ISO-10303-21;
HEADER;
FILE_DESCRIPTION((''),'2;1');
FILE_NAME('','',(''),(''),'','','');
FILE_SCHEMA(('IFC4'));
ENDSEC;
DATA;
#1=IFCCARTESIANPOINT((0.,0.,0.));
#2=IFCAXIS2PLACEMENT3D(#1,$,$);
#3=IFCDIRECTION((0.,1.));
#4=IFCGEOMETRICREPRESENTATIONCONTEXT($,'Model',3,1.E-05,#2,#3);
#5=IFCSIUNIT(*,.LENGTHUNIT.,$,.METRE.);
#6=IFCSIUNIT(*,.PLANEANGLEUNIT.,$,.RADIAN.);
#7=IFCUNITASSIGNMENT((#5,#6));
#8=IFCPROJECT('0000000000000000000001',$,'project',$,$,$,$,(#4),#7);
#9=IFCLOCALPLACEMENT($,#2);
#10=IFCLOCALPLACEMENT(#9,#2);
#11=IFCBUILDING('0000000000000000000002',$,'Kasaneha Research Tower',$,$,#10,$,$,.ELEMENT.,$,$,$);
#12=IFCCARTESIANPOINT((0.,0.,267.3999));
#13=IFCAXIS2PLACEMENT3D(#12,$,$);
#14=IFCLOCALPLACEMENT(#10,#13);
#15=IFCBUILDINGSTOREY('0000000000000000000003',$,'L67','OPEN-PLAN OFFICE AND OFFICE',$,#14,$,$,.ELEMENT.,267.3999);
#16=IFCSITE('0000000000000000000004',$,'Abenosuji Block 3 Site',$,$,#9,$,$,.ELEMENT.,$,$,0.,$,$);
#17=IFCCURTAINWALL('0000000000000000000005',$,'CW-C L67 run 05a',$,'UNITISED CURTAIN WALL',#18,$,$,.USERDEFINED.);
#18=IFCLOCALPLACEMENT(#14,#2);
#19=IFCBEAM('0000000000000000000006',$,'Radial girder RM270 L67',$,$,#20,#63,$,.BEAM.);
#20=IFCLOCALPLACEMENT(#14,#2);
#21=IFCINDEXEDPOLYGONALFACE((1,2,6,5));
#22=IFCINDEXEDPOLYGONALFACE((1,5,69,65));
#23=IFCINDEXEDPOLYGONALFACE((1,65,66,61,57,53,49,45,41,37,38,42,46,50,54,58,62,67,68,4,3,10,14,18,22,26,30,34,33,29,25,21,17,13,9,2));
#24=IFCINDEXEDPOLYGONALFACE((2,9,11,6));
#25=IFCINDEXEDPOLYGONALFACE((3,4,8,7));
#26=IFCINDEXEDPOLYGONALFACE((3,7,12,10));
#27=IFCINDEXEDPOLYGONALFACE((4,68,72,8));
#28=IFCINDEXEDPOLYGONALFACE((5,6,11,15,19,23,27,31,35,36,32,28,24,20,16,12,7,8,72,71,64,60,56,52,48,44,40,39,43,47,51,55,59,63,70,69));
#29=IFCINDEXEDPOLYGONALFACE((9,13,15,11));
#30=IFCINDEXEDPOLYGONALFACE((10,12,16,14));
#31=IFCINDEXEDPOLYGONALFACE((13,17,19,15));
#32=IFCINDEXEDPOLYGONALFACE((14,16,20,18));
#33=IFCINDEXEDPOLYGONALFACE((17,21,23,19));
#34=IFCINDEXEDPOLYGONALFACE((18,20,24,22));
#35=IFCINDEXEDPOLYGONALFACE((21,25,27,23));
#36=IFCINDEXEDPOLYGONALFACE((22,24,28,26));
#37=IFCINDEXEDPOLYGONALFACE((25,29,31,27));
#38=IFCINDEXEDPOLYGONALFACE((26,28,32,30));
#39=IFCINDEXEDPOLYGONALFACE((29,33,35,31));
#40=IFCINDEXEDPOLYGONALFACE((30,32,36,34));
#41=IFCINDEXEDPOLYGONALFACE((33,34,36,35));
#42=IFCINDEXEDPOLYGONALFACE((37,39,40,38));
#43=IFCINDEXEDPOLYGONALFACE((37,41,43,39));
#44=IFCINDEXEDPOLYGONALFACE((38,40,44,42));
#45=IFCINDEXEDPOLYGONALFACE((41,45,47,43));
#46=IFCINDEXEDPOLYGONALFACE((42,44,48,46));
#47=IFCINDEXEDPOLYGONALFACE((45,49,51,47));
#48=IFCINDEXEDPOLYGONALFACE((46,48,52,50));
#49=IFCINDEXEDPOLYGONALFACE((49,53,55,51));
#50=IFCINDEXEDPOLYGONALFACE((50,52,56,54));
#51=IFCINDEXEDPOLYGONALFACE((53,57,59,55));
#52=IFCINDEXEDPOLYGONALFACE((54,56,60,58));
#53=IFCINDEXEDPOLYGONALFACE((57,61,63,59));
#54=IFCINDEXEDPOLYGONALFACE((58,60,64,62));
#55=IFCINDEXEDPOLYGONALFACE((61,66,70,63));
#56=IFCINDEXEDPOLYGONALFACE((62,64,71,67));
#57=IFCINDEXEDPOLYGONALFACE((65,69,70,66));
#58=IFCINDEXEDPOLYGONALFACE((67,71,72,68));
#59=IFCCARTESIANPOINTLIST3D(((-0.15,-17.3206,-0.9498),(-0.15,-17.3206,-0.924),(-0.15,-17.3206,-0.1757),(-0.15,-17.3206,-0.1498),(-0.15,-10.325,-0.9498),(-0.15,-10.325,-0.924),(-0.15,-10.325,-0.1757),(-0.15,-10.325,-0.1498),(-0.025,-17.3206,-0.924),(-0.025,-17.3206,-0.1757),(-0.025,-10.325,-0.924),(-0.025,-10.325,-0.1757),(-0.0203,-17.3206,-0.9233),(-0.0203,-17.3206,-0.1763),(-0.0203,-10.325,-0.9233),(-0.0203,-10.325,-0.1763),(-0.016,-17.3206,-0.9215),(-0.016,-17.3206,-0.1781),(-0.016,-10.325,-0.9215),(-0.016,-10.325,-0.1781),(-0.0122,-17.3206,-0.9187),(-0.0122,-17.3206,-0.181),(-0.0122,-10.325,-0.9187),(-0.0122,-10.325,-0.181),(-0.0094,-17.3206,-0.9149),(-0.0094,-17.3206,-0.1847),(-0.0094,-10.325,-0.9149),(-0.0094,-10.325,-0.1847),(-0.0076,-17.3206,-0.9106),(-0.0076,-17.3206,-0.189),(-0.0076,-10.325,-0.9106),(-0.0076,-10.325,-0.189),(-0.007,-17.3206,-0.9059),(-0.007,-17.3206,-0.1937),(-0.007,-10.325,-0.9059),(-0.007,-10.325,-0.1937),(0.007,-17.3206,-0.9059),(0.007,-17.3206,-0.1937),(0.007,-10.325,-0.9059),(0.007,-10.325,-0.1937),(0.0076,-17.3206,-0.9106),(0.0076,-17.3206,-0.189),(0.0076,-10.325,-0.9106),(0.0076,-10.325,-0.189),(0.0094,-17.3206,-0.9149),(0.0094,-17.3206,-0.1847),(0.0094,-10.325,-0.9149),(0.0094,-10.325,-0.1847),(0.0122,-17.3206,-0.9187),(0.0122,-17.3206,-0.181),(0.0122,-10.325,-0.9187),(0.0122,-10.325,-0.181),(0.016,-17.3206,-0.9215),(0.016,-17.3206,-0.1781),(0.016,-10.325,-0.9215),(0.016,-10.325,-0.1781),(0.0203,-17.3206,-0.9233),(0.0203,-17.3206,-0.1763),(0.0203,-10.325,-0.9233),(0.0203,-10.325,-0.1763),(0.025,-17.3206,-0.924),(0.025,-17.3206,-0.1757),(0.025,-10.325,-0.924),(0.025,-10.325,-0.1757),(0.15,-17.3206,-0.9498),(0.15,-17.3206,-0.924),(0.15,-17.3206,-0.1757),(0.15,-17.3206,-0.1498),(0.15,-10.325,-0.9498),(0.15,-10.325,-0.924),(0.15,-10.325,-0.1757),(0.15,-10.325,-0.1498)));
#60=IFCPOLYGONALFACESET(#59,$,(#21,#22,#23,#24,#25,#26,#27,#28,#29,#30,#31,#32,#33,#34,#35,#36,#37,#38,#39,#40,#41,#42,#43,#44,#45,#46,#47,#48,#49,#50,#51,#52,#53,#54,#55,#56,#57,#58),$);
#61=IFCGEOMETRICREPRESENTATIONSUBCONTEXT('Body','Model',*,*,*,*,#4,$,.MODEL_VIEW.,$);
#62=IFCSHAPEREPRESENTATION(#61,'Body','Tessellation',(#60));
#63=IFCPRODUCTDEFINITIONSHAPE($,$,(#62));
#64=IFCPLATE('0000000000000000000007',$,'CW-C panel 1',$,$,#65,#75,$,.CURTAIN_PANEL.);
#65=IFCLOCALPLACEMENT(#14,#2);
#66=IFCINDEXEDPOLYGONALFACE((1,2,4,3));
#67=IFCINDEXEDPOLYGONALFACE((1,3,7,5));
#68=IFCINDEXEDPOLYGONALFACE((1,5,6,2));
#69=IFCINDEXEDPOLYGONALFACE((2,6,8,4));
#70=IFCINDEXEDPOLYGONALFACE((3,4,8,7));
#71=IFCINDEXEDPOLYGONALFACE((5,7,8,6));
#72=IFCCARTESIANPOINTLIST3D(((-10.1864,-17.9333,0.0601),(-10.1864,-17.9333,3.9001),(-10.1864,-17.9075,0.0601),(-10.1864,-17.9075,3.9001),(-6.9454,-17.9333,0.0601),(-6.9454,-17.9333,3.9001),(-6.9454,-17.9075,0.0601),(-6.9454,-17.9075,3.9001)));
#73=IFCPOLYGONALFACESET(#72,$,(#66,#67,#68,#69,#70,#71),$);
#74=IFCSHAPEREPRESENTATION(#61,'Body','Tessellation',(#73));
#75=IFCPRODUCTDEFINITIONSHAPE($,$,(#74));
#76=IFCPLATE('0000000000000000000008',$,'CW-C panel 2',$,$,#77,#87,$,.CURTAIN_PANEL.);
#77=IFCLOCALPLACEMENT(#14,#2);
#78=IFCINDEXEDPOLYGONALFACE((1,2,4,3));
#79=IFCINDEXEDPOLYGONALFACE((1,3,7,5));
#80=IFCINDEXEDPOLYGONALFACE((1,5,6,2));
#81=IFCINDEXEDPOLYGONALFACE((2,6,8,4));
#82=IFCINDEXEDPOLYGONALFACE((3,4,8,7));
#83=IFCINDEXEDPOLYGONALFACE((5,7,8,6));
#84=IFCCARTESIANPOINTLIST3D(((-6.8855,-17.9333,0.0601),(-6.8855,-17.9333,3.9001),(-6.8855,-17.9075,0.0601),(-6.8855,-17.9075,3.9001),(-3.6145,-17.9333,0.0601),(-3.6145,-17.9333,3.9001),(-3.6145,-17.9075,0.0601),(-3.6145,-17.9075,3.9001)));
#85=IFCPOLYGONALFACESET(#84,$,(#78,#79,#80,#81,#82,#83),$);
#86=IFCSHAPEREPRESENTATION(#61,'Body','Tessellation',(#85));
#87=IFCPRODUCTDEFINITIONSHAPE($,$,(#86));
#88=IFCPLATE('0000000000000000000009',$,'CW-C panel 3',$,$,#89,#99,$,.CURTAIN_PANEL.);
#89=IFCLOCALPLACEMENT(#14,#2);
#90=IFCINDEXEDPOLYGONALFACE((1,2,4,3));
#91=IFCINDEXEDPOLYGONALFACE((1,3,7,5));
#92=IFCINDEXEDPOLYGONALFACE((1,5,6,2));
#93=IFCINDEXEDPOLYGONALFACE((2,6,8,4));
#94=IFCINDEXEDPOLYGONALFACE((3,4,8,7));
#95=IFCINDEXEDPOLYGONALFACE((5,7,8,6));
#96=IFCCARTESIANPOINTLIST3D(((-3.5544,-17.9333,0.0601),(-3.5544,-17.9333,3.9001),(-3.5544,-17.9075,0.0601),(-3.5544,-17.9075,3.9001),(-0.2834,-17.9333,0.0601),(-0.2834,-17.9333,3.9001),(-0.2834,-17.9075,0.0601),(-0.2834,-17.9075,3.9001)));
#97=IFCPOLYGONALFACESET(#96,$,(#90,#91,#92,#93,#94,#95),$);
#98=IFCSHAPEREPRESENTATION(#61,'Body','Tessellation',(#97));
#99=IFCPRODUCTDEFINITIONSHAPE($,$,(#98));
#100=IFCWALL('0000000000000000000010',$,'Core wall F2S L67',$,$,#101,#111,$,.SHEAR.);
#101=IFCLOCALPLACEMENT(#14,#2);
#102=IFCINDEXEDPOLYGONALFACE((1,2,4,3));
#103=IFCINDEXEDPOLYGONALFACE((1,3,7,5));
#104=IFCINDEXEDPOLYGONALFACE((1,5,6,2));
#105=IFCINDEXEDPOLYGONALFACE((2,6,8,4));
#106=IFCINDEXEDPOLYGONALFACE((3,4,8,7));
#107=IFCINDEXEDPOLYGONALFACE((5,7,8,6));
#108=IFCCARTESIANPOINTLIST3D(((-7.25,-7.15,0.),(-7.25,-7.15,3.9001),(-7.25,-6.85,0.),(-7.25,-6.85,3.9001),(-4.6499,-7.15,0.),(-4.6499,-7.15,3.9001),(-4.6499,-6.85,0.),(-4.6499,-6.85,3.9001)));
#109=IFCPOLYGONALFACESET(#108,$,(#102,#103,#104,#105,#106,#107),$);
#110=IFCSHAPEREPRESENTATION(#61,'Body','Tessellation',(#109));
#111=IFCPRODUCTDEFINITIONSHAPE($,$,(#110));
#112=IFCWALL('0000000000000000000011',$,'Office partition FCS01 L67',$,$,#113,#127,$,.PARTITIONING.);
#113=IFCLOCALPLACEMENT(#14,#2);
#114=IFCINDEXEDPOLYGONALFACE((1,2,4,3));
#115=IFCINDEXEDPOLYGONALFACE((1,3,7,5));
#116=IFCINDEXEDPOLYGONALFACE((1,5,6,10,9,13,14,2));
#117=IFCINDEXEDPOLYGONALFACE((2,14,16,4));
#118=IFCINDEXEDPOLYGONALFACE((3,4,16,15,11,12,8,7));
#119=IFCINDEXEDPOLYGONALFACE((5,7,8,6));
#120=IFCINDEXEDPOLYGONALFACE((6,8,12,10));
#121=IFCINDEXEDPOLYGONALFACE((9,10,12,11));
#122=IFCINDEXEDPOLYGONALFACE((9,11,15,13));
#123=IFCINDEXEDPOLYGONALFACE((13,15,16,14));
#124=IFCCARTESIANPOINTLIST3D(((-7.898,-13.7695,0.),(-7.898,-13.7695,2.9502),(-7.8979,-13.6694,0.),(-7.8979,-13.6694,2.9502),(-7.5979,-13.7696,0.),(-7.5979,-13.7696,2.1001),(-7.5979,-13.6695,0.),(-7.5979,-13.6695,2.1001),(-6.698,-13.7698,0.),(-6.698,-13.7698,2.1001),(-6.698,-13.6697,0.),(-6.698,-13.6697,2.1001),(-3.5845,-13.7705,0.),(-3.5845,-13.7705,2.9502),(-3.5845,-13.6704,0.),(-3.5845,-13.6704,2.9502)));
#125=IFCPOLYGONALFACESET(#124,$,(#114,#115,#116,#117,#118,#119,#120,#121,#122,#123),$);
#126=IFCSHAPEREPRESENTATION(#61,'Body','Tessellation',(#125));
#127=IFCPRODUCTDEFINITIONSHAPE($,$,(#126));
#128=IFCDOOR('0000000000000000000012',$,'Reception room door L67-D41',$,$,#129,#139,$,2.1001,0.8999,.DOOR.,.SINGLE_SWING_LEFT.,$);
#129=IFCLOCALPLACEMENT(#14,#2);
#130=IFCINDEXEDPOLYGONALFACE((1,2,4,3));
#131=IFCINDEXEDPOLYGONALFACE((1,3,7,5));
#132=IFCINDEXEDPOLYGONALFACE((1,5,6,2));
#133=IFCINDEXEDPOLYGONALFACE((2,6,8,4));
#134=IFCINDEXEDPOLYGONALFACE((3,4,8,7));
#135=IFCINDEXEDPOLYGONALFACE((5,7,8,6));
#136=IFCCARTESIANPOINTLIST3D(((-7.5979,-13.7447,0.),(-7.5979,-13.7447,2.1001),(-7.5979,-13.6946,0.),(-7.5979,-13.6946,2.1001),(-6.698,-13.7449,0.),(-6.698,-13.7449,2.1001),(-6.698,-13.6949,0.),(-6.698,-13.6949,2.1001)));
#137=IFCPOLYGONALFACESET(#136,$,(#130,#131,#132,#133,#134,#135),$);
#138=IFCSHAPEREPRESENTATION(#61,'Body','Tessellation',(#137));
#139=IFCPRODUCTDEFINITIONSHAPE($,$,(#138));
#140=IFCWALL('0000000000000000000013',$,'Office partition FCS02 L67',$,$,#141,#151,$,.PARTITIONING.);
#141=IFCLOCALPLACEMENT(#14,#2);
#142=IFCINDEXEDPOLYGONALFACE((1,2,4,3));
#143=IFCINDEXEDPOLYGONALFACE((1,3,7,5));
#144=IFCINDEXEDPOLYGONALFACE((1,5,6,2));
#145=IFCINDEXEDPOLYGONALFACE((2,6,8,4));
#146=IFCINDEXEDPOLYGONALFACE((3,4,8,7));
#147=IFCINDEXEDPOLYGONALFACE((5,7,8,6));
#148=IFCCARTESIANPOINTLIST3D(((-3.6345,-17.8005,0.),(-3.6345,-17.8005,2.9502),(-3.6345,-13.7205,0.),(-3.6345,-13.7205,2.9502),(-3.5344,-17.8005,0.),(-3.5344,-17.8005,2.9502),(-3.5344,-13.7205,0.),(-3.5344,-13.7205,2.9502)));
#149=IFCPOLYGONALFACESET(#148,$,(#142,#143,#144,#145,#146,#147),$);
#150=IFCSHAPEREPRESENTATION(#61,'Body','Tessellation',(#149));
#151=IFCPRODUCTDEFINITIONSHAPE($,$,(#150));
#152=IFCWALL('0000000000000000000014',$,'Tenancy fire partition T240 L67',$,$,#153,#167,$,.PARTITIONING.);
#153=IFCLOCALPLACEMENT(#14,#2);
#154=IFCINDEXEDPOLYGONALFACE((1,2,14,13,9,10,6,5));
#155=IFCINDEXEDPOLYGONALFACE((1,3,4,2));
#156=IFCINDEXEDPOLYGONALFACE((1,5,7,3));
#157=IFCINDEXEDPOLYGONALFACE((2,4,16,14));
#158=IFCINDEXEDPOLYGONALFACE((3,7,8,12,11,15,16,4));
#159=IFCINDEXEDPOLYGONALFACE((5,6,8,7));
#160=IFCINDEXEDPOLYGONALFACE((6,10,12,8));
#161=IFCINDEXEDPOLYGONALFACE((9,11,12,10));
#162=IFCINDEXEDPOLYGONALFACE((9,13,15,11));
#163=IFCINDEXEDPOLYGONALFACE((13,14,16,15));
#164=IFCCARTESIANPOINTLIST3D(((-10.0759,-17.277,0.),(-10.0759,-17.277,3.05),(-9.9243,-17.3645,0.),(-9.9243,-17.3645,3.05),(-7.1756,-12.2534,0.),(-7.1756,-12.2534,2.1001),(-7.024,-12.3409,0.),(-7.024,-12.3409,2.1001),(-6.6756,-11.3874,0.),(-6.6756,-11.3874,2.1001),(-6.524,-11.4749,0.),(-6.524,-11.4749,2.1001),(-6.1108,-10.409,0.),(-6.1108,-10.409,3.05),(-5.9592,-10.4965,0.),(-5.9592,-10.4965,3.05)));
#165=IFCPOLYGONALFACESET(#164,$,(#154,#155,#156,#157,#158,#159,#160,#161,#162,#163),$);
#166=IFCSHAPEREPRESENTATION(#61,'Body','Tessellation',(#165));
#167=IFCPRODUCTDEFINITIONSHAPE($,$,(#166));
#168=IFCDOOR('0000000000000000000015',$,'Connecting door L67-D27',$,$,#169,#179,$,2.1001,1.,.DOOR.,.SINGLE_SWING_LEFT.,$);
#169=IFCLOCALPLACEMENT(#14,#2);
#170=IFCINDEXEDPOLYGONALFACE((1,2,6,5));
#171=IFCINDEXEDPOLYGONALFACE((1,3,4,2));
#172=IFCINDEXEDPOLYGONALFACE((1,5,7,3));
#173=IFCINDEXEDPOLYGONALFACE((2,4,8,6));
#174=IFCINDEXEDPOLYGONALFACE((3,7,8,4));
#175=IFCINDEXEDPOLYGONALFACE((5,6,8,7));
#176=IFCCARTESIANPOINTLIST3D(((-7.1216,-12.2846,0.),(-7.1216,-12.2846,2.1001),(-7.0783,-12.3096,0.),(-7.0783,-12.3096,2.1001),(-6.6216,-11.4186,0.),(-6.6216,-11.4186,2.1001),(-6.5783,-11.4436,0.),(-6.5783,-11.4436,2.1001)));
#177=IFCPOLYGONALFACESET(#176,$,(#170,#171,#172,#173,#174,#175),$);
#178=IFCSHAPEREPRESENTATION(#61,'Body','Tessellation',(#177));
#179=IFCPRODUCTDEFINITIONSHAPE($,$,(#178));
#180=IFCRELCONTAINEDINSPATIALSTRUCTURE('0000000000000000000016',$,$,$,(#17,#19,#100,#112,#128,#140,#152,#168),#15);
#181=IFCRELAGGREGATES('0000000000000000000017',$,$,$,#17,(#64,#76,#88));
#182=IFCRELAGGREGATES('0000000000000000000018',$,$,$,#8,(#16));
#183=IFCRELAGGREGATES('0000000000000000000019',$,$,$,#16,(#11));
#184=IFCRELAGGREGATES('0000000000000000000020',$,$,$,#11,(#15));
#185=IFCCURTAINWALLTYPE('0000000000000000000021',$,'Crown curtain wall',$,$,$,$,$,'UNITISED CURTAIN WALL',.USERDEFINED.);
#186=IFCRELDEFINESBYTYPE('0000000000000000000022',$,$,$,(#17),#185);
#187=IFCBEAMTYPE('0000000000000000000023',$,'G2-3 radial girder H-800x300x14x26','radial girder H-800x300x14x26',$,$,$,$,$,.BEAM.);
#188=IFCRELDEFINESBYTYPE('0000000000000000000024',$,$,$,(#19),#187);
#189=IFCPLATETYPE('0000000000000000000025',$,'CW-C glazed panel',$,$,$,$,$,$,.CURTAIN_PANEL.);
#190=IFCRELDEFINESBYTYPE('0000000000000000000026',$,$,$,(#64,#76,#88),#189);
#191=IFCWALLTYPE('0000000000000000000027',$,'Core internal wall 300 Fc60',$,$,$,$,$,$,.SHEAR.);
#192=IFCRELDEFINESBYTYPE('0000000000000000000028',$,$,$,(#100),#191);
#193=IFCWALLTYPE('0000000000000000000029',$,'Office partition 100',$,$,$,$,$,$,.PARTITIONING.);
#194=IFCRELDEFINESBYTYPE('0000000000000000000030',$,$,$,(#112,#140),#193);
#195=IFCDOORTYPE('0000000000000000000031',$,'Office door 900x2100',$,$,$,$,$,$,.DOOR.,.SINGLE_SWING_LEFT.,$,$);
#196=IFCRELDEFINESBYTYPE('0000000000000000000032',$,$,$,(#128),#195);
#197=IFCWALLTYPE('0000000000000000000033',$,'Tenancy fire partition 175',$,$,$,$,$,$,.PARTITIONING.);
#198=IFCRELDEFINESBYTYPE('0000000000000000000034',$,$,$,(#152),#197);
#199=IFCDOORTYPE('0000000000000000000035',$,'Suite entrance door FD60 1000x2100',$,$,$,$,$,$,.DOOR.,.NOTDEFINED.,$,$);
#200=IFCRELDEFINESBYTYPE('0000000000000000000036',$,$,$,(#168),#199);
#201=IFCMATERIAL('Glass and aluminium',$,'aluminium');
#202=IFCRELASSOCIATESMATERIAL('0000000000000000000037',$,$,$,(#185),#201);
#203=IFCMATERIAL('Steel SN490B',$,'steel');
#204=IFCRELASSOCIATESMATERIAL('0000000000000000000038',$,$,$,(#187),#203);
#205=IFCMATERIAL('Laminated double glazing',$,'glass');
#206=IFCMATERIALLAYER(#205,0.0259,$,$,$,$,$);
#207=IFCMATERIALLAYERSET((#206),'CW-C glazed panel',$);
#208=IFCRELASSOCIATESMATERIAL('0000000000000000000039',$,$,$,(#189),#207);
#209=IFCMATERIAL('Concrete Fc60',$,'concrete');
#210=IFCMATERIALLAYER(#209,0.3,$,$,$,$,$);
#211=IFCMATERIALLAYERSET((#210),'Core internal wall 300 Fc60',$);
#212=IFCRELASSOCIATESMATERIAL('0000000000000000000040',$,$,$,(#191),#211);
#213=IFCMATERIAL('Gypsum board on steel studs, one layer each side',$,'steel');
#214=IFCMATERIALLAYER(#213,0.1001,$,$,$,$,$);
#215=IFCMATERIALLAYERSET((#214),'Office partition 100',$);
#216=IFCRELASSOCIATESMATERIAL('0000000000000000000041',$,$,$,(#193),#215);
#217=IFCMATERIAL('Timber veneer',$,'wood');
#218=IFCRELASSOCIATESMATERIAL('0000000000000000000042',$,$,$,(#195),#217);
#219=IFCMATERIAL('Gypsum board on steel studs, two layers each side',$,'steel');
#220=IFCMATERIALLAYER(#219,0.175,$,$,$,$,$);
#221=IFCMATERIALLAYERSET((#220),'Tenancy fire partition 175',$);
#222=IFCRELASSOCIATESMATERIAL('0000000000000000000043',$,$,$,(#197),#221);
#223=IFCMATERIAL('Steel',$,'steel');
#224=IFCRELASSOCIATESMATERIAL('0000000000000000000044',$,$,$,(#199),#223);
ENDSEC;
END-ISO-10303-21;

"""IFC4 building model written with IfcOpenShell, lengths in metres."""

from ifc_helpers import new_model, si_unit, direction, frame, frame_2d, origin, origin_2d, place, context, subcontext, project, spatial, rectangle, i_section, extrude, material, layer, layer_set, material_profile, profile_set, type_object, element, fill, aggregate, save


model = new_model("IFC4")

# Units and contexts
model_context = context("Model", 3, precision=1e-05, world=origin(), true_north=direction((0.0, 1.0)))
body_context = subcontext(model_context, "Body", "Model", "MODEL_VIEW")
ifc_project = project(units=[si_unit("LENGTHUNIT", "METRE"), si_unit("PLANEANGLEUNIT", "RADIAN")], contexts=[model_context])

# Site, building, storey
site_placement = place(None, origin())
site = spatial("IfcSite", under=ifc_project, at=site_placement, Name="Abenosuji Block 3 Site", CompositionType="ELEMENT", RefElevation=0.0)
building_placement = place(site_placement, origin())
building = spatial("IfcBuilding", under=site, at=building_placement, Name="Kasaneha Research Tower", CompositionType="ELEMENT")
storey_placement = place(building_placement, frame((0.0, 0.0, 267.3999)))
storey = spatial("IfcBuildingStorey", under=building, at=storey_placement, Name="L67", Description="OPEN-PLAN OFFICE AND OFFICE", CompositionType="ELEMENT", Elevation=267.3999)

# Curtain wall
ifc_material_1 = material(Name="Glass and aluminium", Category="aluminium")
curtain_wall_type = type_object("IfcCurtainWallType", Name="Crown curtain wall", ElementType="UNITISED CURTAIN WALL", PredefinedType="USERDEFINED", material=ifc_material_1)
curtain_wall_placement = place(storey_placement, origin())
curtain_wall = element("IfcCurtainWall", 1, at=curtain_wall_placement, inside=storey, type_object=curtain_wall_type, Name="CW-C L67 run 05a", ObjectType="UNITISED CURTAIN WALL", PredefinedType="USERDEFINED")

# Beam
ifc_material_2 = material(Name="Steel SN490B", Category="steel")
ifc_material_profile_1 = material_profile(ifc_material_2, i_section(OverallWidth=0.3, OverallDepth=0.8, WebThickness=0.0139, FlangeThickness=0.0259, FilletRadius=0.0181, at=origin_2d()), Name="H-800x300x14x26")
ifc_profile_set_1 = profile_set([ifc_material_profile_1], Name="Steel SN490B")
beam_type_1 = type_object("IfcBeamType", Name="G2-3 radial girder H-800x300x14x26", Description="radial girder H-800x300x14x26", PredefinedType="BEAM", material=ifc_profile_set_1)
beam_1_placement = place(storey_placement, frame((0.0, -10.325, -0.5498), z_axis=(0.0, -1.0, 0.0), x_axis=(1.0, 0.0, 0.0)))
element("IfcBeam", 2, at=beam_1_placement, inside=storey, type_object=beam_type_1, Name="Radial girder RM270 L67", PredefinedType="BEAM", context=body_context, shape_type="SweptSolid", body=[
    extrude(i_section(OverallWidth=0.3, OverallDepth=0.8, WebThickness=0.0139, FlangeThickness=0.0259, FilletRadius=0.0181, at=origin_2d()), origin(), (0.0, 0.0, 1.0), 6.9956),
])

# Plates
ifc_material_3 = material(Name="Laminated double glazing", Category="glass")
ifc_layer_1 = layer(ifc_material_3, 0.0259)
ifc_layer_set_1 = layer_set([ifc_layer_1], Name="CW-C glazed panel")
plate_type = type_object("IfcPlateType", Name="CW-C glazed panel", PredefinedType="CURTAIN_PANEL", material=ifc_layer_set_1)
plate_1_placement = place(storey_placement, frame((-8.5659, -17.9204, 0.0601), z_axis=(0.0, 0.0, 1.0), x_axis=(1.0, 0.0, 0.0)))
plate_1 = element("IfcPlate", 3, at=plate_1_placement, type_object=plate_type, Name="CW-C panel 1", PredefinedType="CURTAIN_PANEL", context=body_context, shape_type="SweptSolid", body=[
    extrude(rectangle(XDim=3.241, YDim=0.0259, at=origin_2d()), origin(), (0.0, 0.0, 1.0), 3.8401),
])
plate_2_placement = place(storey_placement, frame((-5.25, -17.9204, 0.0601), z_axis=(0.0, 0.0, 1.0), x_axis=(1.0, 0.0, 0.0)))
plate_2 = element("IfcPlate", 4, at=plate_2_placement, type_object=plate_type, Name="CW-C panel 2", PredefinedType="CURTAIN_PANEL", context=body_context, shape_type="SweptSolid", body=[
    extrude(rectangle(XDim=3.271, YDim=0.0259, at=origin_2d()), origin(), (0.0, 0.0, 1.0), 3.8401),
])
plate_3_placement = place(storey_placement, frame((-1.9189, -17.9204, 0.0601), z_axis=(0.0, 0.0, 1.0), x_axis=(1.0, 0.0, 0.0)))
plate_3 = element("IfcPlate", 5, at=plate_3_placement, type_object=plate_type, Name="CW-C panel 3", PredefinedType="CURTAIN_PANEL", context=body_context, shape_type="SweptSolid", body=[
    extrude(rectangle(XDim=3.271, YDim=0.0259, at=origin_2d()), origin(), (0.0, 0.0, 1.0), 3.8401),
])
aggregate(curtain_wall, [plate_1, plate_2, plate_3])

# Wall
ifc_material_4 = material(Name="Concrete Fc60", Category="concrete")
ifc_layer_2 = layer(ifc_material_4, 0.3)
ifc_layer_set_2 = layer_set([ifc_layer_2], Name="Core internal wall 300 Fc60")
wall_type_1 = type_object("IfcWallType", Name="Core internal wall 300 Fc60", PredefinedType="SHEAR", material=ifc_layer_set_2)
wall_1_placement = place(storey_placement, frame((-7.25, -7.0, 0.0), z_axis=(0.0, 0.0, 1.0), x_axis=(1.0, 0.0, 0.0)))
element("IfcWall", 6, at=wall_1_placement, inside=storey, type_object=wall_type_1, Name="Core wall F2S L67", PredefinedType="SHEAR", context=body_context, shape_type="SweptSolid", body=[
    extrude(rectangle(XDim=2.6001, YDim=0.3, at=frame_2d((1.3, 0.0))), origin(), (0.0, 0.0, 1.0), 3.9001),
])

# Wall, opening, door
ifc_material_5 = material(Name="Gypsum board on steel studs, one layer each side", Category="steel")
ifc_layer_3 = layer(ifc_material_5, 0.1001)
ifc_layer_set_3 = layer_set([ifc_layer_3], Name="Office partition 100")
wall_type_2 = type_object("IfcWallType", Name="Office partition 100", PredefinedType="PARTITIONING", material=ifc_layer_set_3)
wall_2_placement = place(storey_placement, frame((-7.8979, -13.7195, 0.0), z_axis=(0.0, 0.0, 1.0), x_axis=(1.0, -0.000226, 0.0)))
wall_2 = element("IfcWall", 7, at=wall_2_placement, inside=storey, type_object=wall_type_2, Name="Office partition FCS01 L67", PredefinedType="PARTITIONING", context=body_context, shape_type="SweptSolid", body=[
    extrude(rectangle(XDim=4.3135, YDim=0.1001, at=frame_2d((2.1567, 0.0))), origin(), (0.0, 0.0, 1.0), 2.9502),
])
opening_1_placement = place(wall_2_placement, frame((0.3, 0.0, 0.0)))
opening_1 = element("IfcOpeningElement", 8, at=opening_1_placement, cuts=wall_2, PredefinedType="OPENING", context=body_context, shape_type="SweptSolid", body=[
    extrude(rectangle(XDim=0.8999, YDim=2.1001, at=frame_2d((0.45, 1.05))), frame((0.0, 0.0601, 0.0), z_axis=(0.0, -1.0, 0.0), x_axis=(1.0, 0.0, 0.0)), (0.0, 0.0, 1.0), 0.1201),
])
ifc_material_6 = material(Name="Timber veneer", Category="wood")
door_type_1 = type_object("IfcDoorType", Name="Office door 900x2100", OperationType="SINGLE_SWING_LEFT", PredefinedType="DOOR", material=ifc_material_6)
door_1_placement = place(opening_1_placement, origin())
door_1 = element("IfcDoor", 9, at=door_1_placement, inside=storey, type_object=door_type_1, Name="Reception room door L67-D41", OperationType="SINGLE_SWING_LEFT", OverallHeight=2.1001, OverallWidth=0.8999, PredefinedType="DOOR", context=body_context, shape_type="SweptSolid", body=[
    extrude(rectangle(XDim=0.8999, YDim=2.1001, at=frame_2d((0.45, 1.05))), frame((0.0, 0.0249, 0.0), z_axis=(0.0, -1.0, 0.0), x_axis=(1.0, 0.0, 0.0)), (0.0, 0.0, 1.0), 0.05),
])
fill(opening_1, door_1)

# Wall
wall_3_placement = place(storey_placement, frame((-3.5845, -13.7205, 0.0), z_axis=(0.0, 0.0, 1.0), x_axis=(0.0, -1.0, 0.0)))
element("IfcWall", 10, at=wall_3_placement, inside=storey, type_object=wall_type_2, Name="Office partition FCS02 L67", PredefinedType="PARTITIONING", context=body_context, shape_type="SweptSolid", body=[
    extrude(rectangle(XDim=4.0801, YDim=0.1001, at=frame_2d((2.04, 0.0))), origin(), (0.0, 0.0, 1.0), 2.9502),
])

# Wall, opening, door
ifc_material_7 = material(Name="Gypsum board on steel studs, two layers each side", Category="steel")
ifc_layer_4 = layer(ifc_material_7, 0.175)
ifc_layer_set_4 = layer_set([ifc_layer_4], Name="Tenancy fire partition 175")
wall_type_3 = type_object("IfcWallType", Name="Tenancy fire partition 175", PredefinedType="PARTITIONING", material=ifc_layer_set_4)
wall_4_placement = place(storey_placement, frame((-6.0349, -10.4526, 0.0), z_axis=(0.0, 0.0, 1.0), x_axis=(-0.49999, -0.866031, 0.0)))
wall_4 = element("IfcWall", 11, at=wall_4_placement, inside=storey, type_object=wall_type_3, Name="Tenancy fire partition T240 L67", PredefinedType="PARTITIONING", context=body_context, shape_type="SweptSolid", body=[
    extrude(rectangle(XDim=7.9304, YDim=0.175, at=frame_2d((3.9653, 0.0))), origin(), (0.0, 0.0, 1.0), 3.05),
])
opening_2_placement = place(wall_4_placement, frame((1.1299, 0.0, 0.0)))
opening_2 = element("IfcOpeningElement", 12, at=opening_2_placement, cuts=wall_4, PredefinedType="OPENING", context=body_context, shape_type="SweptSolid", body=[
    extrude(rectangle(XDim=1.0, YDim=2.1001, at=frame_2d((0.5, 1.05))), frame((0.0, 0.0977, 0.0), z_axis=(0.0, -1.0, 0.0), x_axis=(1.0, 0.0, 0.0)), (0.0, 0.0, 1.0), 0.1951),
])
ifc_material_8 = material(Name="Steel", Category="steel")
door_type_2 = type_object("IfcDoorType", Name="Suite entrance door FD60 1000x2100", OperationType="NOTDEFINED", PredefinedType="DOOR", material=ifc_material_8)
door_2_placement = place(opening_2_placement, origin())
door_2 = element("IfcDoor", 13, at=door_2_placement, inside=storey, type_object=door_type_2, Name="Connecting door L67-D27", OperationType="SINGLE_SWING_LEFT", OverallHeight=2.1001, OverallWidth=1.0, PredefinedType="DOOR", context=body_context, shape_type="SweptSolid", body=[
    extrude(rectangle(XDim=1.0, YDim=2.1001, at=frame_2d((0.5, 1.05))), frame((0.0, 0.0249, 0.0), z_axis=(0.0, -1.0, 0.0), x_axis=(1.0, 0.0, 0.0)), (0.0, 0.0, 1.0), 0.05),
])
fill(opening_2, door_2)

save(model, "model.ifc")
